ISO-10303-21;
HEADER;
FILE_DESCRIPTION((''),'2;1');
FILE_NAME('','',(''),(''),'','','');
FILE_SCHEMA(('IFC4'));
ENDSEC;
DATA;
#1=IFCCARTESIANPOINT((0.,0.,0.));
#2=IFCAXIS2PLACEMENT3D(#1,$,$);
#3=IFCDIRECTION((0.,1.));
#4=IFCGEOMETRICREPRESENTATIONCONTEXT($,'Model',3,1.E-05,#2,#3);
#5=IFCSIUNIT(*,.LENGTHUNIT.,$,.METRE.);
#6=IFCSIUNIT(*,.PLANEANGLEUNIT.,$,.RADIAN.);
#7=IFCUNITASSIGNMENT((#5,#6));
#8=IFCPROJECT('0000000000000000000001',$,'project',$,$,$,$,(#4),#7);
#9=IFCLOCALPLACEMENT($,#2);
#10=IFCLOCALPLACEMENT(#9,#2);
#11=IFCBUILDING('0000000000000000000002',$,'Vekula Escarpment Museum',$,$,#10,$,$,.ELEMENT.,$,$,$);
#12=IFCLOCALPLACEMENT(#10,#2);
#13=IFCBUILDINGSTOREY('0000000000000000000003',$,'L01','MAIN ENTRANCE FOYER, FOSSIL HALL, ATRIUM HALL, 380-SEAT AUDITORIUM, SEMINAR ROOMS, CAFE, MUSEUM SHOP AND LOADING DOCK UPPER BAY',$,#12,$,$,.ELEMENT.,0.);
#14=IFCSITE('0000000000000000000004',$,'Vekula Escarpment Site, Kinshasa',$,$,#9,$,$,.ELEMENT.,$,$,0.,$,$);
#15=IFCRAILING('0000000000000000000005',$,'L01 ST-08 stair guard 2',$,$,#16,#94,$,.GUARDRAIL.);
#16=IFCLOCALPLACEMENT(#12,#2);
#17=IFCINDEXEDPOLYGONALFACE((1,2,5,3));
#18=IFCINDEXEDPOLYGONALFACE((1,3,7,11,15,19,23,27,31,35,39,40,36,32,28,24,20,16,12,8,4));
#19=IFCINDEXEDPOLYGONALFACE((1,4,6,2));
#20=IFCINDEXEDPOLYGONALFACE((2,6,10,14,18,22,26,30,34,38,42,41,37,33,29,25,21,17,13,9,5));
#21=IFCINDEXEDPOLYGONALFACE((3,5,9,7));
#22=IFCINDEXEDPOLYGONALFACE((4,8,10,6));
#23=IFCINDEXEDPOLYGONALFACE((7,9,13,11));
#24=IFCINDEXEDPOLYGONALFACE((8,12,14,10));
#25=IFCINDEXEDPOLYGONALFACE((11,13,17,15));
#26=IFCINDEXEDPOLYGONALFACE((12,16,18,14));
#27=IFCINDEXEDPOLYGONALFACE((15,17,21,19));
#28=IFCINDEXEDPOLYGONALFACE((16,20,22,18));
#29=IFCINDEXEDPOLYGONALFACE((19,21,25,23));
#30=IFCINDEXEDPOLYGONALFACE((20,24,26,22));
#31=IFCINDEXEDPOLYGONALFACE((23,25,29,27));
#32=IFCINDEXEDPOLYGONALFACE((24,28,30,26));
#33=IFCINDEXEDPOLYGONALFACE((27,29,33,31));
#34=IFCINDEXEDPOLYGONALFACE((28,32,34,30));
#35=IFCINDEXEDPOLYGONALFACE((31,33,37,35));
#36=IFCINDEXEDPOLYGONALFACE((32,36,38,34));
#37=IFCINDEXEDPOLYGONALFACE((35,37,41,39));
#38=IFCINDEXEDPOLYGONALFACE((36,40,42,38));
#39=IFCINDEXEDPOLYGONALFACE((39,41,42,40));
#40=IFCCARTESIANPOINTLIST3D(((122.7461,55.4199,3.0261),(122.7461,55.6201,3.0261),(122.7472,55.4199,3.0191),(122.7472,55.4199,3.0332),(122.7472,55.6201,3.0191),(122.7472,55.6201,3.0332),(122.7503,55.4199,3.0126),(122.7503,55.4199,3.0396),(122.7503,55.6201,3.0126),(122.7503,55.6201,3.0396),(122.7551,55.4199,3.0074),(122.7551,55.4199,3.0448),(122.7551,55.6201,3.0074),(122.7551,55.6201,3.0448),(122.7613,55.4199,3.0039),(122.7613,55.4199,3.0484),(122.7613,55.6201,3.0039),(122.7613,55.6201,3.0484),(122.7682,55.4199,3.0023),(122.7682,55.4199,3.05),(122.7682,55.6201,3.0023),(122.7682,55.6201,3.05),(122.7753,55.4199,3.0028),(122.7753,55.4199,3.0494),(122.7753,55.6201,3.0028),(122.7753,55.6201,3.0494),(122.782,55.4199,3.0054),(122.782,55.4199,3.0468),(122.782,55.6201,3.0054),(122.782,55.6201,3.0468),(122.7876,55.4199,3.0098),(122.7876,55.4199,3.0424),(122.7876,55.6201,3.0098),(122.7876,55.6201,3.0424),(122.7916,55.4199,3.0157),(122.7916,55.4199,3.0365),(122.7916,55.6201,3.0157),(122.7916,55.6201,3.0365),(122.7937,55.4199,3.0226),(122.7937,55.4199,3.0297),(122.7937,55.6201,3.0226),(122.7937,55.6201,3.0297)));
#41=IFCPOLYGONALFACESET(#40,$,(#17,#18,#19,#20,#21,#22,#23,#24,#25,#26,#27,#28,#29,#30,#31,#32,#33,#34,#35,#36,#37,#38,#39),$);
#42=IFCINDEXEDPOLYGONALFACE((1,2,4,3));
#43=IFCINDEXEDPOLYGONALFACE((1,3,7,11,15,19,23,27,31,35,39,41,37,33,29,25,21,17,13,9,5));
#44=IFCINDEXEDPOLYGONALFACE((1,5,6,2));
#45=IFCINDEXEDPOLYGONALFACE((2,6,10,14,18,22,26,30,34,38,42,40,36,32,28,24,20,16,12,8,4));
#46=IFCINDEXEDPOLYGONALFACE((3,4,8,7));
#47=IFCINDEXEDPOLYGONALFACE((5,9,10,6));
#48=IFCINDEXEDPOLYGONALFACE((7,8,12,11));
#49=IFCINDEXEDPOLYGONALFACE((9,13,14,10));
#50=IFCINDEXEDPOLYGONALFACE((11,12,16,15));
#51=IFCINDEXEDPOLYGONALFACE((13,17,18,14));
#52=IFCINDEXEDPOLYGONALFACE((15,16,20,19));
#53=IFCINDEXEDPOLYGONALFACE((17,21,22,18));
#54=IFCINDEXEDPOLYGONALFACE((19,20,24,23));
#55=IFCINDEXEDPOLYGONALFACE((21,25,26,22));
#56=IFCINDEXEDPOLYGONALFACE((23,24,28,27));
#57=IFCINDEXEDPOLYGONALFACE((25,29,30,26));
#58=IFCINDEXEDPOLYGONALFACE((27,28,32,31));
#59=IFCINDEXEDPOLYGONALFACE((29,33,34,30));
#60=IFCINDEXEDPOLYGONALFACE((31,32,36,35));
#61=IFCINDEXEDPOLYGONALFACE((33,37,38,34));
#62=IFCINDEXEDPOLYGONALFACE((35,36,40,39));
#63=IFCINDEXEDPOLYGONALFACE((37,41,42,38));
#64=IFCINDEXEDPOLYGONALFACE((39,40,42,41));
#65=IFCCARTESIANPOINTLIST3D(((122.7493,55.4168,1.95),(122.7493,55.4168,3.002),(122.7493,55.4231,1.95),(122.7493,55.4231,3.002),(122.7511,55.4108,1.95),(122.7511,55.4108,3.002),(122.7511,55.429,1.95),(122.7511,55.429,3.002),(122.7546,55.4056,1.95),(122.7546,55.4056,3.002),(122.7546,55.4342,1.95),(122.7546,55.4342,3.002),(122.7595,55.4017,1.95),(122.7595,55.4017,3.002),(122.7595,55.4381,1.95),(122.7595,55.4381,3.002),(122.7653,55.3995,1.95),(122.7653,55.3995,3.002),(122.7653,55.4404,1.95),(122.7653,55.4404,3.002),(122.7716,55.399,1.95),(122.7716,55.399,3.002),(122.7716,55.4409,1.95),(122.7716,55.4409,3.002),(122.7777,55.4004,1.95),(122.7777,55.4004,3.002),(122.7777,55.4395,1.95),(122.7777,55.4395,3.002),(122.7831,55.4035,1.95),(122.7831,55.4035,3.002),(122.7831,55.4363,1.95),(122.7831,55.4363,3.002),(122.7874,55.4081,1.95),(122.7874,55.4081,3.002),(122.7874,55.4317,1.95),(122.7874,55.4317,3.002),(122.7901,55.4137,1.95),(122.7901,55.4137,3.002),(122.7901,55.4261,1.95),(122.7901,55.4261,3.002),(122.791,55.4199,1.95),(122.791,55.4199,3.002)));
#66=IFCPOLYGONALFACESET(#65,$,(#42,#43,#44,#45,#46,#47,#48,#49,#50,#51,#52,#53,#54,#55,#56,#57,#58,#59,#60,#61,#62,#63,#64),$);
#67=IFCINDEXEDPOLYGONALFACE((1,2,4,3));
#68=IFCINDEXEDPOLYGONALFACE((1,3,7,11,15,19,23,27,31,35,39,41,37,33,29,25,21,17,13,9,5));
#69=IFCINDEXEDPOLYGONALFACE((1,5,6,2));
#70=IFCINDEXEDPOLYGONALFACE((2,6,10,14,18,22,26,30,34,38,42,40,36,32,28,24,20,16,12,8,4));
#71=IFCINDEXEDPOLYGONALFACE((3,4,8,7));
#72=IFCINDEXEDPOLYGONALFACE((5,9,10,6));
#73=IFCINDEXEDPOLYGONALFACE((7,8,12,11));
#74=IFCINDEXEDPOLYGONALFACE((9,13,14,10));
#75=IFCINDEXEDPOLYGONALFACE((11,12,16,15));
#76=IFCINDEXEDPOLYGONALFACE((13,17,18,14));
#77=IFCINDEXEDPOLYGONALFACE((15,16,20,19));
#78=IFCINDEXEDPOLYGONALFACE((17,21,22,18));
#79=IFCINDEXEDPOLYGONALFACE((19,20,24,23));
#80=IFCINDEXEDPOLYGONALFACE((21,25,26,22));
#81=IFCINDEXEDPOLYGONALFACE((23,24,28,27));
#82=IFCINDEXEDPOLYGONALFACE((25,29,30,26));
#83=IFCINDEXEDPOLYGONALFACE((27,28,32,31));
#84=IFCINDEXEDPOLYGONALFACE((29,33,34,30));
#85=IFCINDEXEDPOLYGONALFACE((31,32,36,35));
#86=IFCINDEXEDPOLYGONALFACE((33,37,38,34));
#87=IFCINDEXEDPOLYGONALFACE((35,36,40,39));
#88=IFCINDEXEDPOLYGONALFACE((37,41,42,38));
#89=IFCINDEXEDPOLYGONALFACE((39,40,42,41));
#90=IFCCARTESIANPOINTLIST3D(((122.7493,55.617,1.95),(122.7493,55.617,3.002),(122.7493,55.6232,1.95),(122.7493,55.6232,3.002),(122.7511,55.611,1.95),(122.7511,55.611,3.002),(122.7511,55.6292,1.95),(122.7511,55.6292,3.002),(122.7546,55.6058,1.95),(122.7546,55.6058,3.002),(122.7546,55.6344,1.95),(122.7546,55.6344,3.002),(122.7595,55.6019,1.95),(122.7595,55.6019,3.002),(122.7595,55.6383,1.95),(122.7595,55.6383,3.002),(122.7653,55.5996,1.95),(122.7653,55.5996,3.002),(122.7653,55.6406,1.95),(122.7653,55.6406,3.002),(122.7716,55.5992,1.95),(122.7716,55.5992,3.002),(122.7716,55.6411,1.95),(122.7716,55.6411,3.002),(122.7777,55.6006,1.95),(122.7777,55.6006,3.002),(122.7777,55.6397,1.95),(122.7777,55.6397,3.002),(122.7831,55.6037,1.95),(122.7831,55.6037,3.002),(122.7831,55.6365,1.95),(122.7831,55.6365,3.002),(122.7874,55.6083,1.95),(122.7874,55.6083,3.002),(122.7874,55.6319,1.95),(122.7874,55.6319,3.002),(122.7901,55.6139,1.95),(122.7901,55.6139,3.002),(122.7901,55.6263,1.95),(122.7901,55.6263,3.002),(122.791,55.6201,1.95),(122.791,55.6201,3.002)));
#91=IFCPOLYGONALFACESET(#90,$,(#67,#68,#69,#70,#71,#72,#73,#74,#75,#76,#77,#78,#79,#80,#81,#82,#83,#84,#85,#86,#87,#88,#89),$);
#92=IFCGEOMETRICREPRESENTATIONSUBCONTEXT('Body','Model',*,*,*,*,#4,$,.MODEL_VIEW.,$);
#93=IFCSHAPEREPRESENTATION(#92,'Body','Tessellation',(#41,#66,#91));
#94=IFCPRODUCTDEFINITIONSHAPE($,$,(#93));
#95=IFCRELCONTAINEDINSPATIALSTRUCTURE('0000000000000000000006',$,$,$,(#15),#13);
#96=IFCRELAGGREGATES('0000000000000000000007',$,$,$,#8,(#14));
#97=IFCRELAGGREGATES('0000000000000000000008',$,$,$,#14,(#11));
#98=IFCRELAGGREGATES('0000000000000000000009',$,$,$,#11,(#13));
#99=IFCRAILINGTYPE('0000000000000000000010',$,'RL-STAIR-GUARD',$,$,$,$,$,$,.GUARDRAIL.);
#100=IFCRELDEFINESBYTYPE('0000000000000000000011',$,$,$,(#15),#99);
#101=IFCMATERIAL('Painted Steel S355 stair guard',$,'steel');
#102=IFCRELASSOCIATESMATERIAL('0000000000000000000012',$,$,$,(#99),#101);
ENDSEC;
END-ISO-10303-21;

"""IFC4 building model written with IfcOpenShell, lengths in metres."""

from ifc_helpers import new_model, si_unit, direction, frame, origin, origin_2d, place, context, subcontext, project, spatial, circle, extrude, material, type_object, element, save


model = new_model("IFC4")

# Units and contexts
model_context = context("Model", 3, precision=1e-05, world=origin(), true_north=direction((0.0, 1.0)))
body_context = subcontext(model_context, "Body", "Model", "MODEL_VIEW")
ifc_project = project(units=[si_unit("LENGTHUNIT", "METRE"), si_unit("PLANEANGLEUNIT", "RADIAN")], contexts=[model_context])

# Site, building, storey
site_placement = place(None, origin())
site = spatial("IfcSite", under=ifc_project, at=site_placement, Name="Vekula Escarpment Site, Kinshasa", CompositionType="ELEMENT", RefElevation=0.0)
building_placement = place(site_placement, origin())
building = spatial("IfcBuilding", under=site, at=building_placement, Name="Vekula Escarpment Museum", CompositionType="ELEMENT")
storey_placement = place(building_placement, origin())
storey = spatial("IfcBuildingStorey", under=building, at=storey_placement, Name="L01", Description="MAIN ENTRANCE FOYER, FOSSIL HALL, ATRIUM HALL, 380-SEAT AUDITORIUM, SEMINAR ROOMS, CAFE, MUSEUM SHOP AND LOADING DOCK UPPER BAY", CompositionType="ELEMENT", Elevation=0.0)

# Railing
ifc_material_1 = material(Name="Painted Steel S355 stair guard", Category="steel")
railing_type_1 = type_object("IfcRailingType", Name="RL-STAIR-GUARD", PredefinedType="GUARDRAIL", material=ifc_material_1)
railing_1_placement = place(storey_placement, frame((122.77, 55.4199, 1.95)))
element("IfcRailing", 1, at=railing_1_placement, inside=storey, type_object=railing_type_1, Name="L01 ST-08 stair guard 2", PredefinedType="GUARDRAIL", context=body_context, shape_type="SweptSolid", body=[
    extrude(circle(Radius=0.0239, at=origin_2d()), frame((0.0, 0.0, 1.0762), z_axis=(0.0, 1.0, 0.0), x_axis=(-1.0, 0.0, 0.0)), (0.0, 0.0, 1.0), 0.2002),
    extrude(circle(Radius=0.021, at=origin_2d()), origin(), (0.0, 0.0, 1.0), 1.052),
    extrude(circle(Radius=0.021, at=origin_2d()), frame((0.0, 0.2002, 0.0)), (0.0, 0.0, 1.0), 1.052),
])

save(model, "model.ifc")
